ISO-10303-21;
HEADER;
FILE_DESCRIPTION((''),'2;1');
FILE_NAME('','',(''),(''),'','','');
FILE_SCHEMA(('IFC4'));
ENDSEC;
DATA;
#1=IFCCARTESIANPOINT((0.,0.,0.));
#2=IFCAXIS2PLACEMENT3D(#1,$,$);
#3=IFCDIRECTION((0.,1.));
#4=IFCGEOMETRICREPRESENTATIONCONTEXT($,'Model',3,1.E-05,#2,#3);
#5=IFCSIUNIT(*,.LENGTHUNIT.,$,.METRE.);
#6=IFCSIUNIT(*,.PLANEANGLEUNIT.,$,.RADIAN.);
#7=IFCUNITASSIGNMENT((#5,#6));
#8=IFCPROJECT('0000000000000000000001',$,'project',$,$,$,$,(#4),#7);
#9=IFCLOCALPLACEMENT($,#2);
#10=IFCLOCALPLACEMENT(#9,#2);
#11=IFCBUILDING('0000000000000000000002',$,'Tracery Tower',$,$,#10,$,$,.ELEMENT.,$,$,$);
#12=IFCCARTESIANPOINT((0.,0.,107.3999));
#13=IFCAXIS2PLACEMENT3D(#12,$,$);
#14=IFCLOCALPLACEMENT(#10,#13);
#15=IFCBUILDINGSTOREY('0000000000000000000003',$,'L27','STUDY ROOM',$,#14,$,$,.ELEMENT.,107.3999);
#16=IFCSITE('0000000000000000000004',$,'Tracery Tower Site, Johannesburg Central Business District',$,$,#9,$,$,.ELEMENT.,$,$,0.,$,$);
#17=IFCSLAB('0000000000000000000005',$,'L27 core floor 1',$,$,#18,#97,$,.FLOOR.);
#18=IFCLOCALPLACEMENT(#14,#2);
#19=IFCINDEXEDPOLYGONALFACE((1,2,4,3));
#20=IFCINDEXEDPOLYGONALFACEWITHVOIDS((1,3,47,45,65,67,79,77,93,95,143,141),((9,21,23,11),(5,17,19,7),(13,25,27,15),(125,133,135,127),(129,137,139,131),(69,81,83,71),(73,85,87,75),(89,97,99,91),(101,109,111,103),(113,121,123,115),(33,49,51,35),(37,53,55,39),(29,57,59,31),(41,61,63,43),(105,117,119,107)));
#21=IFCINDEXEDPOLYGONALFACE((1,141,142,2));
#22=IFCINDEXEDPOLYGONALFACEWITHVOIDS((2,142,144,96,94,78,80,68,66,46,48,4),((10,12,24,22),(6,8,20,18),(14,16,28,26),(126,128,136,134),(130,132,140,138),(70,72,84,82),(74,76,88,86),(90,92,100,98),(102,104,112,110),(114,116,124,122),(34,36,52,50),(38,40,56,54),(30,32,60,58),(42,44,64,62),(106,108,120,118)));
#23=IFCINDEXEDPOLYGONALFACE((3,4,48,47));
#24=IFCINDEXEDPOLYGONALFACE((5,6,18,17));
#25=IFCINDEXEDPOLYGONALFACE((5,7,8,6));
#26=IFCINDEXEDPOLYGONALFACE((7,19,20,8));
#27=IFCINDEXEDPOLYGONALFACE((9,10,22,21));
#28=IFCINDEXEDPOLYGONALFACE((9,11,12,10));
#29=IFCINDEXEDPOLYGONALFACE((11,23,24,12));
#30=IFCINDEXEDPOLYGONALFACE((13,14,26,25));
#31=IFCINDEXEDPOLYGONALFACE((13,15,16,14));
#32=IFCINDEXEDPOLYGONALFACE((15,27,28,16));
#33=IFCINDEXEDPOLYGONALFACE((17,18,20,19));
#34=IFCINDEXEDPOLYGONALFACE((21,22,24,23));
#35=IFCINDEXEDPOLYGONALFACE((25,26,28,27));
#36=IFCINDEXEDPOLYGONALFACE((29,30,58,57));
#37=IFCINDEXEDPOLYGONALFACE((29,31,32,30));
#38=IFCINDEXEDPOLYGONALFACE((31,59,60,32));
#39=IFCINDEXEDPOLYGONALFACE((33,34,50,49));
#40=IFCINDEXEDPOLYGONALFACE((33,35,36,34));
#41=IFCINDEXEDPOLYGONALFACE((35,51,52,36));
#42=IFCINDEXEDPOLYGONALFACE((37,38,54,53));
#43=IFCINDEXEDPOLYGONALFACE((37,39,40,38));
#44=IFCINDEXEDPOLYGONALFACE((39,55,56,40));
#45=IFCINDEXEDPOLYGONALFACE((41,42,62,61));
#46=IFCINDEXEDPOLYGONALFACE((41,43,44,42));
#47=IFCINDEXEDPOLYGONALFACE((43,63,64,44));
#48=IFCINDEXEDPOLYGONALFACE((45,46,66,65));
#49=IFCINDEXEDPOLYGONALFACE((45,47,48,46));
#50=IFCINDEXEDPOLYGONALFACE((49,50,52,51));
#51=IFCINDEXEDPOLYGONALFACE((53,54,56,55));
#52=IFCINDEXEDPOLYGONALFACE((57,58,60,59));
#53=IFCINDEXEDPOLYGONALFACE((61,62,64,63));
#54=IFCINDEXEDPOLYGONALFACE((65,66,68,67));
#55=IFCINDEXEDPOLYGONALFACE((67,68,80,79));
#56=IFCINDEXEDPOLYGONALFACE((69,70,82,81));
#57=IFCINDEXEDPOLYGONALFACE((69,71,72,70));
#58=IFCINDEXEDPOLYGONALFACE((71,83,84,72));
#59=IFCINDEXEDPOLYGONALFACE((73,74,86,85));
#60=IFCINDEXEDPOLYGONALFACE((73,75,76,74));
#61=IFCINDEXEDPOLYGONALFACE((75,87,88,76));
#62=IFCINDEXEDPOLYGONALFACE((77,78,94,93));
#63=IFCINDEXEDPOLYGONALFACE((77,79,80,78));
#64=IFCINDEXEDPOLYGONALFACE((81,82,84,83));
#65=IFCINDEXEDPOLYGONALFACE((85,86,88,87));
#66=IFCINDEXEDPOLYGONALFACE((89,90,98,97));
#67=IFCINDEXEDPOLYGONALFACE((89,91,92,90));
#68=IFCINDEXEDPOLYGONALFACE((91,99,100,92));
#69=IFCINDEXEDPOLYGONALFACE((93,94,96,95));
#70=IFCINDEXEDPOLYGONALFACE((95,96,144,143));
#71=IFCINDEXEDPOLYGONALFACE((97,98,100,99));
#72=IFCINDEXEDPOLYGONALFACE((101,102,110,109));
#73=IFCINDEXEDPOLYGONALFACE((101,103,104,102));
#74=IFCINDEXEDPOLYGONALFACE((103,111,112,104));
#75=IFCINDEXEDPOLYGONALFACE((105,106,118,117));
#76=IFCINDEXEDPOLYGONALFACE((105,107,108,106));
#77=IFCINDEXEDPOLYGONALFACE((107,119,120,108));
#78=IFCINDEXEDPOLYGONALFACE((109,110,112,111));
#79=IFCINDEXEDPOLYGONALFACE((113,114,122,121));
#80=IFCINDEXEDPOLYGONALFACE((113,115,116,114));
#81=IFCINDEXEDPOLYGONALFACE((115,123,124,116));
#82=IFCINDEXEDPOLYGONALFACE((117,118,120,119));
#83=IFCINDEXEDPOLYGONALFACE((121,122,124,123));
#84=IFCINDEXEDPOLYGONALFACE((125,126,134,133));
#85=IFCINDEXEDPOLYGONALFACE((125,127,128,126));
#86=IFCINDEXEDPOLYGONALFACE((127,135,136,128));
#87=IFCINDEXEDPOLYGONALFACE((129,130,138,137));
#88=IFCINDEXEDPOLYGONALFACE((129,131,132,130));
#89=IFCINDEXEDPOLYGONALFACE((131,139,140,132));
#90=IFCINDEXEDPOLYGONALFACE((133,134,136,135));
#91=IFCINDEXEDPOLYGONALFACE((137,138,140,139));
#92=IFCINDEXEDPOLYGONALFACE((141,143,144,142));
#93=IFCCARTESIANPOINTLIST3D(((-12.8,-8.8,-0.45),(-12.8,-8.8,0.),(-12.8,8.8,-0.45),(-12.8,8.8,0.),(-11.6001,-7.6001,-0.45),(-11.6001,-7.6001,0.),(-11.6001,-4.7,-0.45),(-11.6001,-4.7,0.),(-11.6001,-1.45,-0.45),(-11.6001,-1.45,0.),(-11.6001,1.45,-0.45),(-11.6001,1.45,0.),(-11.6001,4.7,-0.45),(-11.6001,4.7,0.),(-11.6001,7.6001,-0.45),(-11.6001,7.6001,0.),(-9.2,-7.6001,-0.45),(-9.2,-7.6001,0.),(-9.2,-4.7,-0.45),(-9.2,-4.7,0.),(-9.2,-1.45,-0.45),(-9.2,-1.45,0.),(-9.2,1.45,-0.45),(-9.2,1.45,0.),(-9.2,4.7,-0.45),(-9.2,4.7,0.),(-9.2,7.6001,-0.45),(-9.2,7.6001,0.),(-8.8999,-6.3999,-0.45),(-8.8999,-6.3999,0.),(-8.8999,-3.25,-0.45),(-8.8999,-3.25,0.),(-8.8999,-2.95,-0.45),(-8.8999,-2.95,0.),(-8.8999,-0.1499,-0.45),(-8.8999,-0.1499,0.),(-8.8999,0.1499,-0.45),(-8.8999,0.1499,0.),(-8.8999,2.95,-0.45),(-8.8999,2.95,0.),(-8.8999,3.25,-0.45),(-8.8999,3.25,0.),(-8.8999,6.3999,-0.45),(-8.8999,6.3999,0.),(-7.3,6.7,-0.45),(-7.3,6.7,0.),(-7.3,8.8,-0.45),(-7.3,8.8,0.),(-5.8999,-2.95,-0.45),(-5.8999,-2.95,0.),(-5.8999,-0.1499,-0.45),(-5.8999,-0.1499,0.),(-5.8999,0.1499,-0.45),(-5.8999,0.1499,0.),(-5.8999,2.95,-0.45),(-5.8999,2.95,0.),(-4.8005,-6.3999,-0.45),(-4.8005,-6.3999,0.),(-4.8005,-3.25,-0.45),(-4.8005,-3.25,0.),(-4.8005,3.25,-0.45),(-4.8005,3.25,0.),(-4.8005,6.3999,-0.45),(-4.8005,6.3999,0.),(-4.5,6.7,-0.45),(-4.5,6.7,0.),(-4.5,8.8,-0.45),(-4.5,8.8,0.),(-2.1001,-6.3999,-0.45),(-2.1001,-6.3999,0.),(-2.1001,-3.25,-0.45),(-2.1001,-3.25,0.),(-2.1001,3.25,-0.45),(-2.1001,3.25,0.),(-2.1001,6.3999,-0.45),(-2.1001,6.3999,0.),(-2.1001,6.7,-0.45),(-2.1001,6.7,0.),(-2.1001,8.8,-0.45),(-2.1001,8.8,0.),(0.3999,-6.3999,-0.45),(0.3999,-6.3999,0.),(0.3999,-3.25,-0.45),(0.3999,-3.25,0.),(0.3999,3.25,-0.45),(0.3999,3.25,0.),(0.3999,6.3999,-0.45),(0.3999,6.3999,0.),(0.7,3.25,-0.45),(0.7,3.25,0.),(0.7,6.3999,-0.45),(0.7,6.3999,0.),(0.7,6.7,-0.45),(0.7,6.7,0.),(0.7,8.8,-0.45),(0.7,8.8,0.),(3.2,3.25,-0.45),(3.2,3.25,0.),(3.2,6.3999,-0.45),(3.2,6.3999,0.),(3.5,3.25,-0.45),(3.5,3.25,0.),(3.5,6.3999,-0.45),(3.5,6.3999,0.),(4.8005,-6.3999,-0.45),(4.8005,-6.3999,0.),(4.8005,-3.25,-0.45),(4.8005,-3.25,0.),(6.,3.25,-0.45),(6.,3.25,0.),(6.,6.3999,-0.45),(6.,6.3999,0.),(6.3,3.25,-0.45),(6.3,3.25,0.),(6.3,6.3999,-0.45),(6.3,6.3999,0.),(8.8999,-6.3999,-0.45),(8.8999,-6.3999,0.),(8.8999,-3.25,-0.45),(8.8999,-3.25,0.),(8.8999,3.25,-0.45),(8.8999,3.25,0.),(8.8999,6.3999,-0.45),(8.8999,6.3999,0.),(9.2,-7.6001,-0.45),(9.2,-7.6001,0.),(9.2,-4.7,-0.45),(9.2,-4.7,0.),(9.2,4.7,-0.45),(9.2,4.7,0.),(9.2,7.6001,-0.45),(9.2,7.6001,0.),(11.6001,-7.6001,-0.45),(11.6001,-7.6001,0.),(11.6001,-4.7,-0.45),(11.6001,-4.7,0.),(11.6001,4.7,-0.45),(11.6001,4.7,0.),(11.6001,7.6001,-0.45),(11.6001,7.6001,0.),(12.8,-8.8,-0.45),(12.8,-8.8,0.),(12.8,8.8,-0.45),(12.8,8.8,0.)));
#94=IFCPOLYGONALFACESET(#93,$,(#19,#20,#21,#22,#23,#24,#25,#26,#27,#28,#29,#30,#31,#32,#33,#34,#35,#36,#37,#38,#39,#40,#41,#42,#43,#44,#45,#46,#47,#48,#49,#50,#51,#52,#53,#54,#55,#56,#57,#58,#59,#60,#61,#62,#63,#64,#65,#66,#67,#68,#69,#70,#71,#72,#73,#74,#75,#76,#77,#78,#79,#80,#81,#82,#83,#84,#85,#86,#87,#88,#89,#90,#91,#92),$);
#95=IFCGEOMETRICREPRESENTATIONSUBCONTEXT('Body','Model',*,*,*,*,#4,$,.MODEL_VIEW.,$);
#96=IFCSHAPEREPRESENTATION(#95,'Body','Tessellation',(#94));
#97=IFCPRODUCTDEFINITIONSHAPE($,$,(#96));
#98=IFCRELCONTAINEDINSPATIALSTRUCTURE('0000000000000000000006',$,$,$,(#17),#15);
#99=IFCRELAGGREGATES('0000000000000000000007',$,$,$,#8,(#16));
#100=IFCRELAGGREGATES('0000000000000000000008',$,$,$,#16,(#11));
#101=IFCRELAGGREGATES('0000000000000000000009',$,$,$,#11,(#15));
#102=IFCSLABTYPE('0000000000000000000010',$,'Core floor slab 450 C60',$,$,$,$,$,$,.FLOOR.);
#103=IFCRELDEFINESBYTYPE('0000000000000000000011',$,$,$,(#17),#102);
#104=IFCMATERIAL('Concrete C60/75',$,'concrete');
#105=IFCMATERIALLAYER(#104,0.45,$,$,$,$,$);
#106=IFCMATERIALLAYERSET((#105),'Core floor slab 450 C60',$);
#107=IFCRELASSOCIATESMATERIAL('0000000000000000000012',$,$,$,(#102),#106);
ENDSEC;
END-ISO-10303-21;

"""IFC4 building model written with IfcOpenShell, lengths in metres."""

from ifc_helpers import new_model, si_unit, direction, frame, origin, place, context, subcontext, project, spatial, polyline, outline, extrude, material, layer, layer_set, type_object, element, save


model = new_model("IFC4")

# Units and contexts
model_context = context("Model", 3, precision=1e-05, world=origin(), true_north=direction((0.0, 1.0)))
body_context = subcontext(model_context, "Body", "Model", "MODEL_VIEW")
ifc_project = project(units=[si_unit("LENGTHUNIT", "METRE"), si_unit("PLANEANGLEUNIT", "RADIAN")], contexts=[model_context])

# Site, building, storey
site_placement = place(None, origin())
site = spatial("IfcSite", under=ifc_project, at=site_placement, Name="Tracery Tower Site, Johannesburg Central Business District", CompositionType="ELEMENT", RefElevation=0.0)
building_placement = place(site_placement, origin())
building = spatial("IfcBuilding", under=site, at=building_placement, Name="Tracery Tower", CompositionType="ELEMENT")
storey_placement = place(building_placement, frame((0.0, 0.0, 107.3999)))
storey = spatial("IfcBuildingStorey", under=building, at=storey_placement, Name="L27", Description="STUDY ROOM", CompositionType="ELEMENT", Elevation=107.3999)

# Slab
ifc_material_1 = material(Name="Concrete C60/75", Category="concrete")
ifc_layer_1 = layer(ifc_material_1, 0.45)
ifc_layer_set_1 = layer_set([ifc_layer_1], Name="Core floor slab 450 C60")
slab_type_1 = type_object("IfcSlabType", Name="Core floor slab 450 C60", PredefinedType="FLOOR", material=ifc_layer_set_1)
slab_1_placement = place(storey_placement, frame((0.0, 0.0, -0.45)))
element("IfcSlab", 1, at=slab_1_placement, inside=storey, type_object=slab_type_1, Name="L27 core floor 1", PredefinedType="FLOOR", context=body_context, shape_type="SweptSolid", body=[
    extrude(outline(polyline([(-12.8, 8.8), (-7.3, 8.8), (-7.3, 6.7), (-4.5, 6.7), (-4.5, 8.8), (-2.1001, 8.8), (-2.1001, 6.7), (0.7, 6.7), (0.7, 8.8), (12.8, 8.8), (12.8, -8.8), (-12.8, -8.8), (-12.8, 8.8)]), holes=[polyline([(11.6001, -7.6001), (11.6001, -4.7), (9.2, -4.7), (9.2, -7.6001), (11.6001, -7.6001)]), polyline([(11.6001, 4.7), (11.6001, 7.6001), (9.2, 7.6001), (9.2, 4.7), (11.6001, 4.7)]), polyline([(4.8005, -3.25), (4.8005, -6.3999), (8.8999, -6.3999), (8.8999, -3.25), (4.8005, -3.25)]), polyline([(6.3, 3.25), (8.8999, 3.25), (8.8999, 6.3999), (6.3, 6.3999), (6.3, 3.25)]), polyline([(3.5, 3.25), (6.0, 3.25), (6.0, 6.3999), (3.5, 6.3999), (3.5, 3.25)]), polyline([(3.2, 3.25), (3.2, 6.3999), (0.7, 6.3999), (0.7, 3.25), (3.2, 3.25)]), polyline([(-2.1001, 3.25), (0.3999, 3.25), (0.3999, 6.3999), (-2.1001, 6.3999), (-2.1001, 3.25)]), polyline([(0.3999, -6.3999), (0.3999, -3.25), (-2.1001, -3.25), (-2.1001, -6.3999), (0.3999, -6.3999)]), polyline([(-4.8005, -3.25), (-8.8999, -3.25), (-8.8999, -6.3999), (-4.8005, -6.3999), (-4.8005, -3.25)]), polyline([(-4.8005, 6.3999), (-8.8999, 6.3999), (-8.8999, 3.25), (-4.8005, 3.25), (-4.8005, 6.3999)]), polyline([(-8.8999, -2.95), (-5.8999, -2.95), (-5.8999, -0.1499), (-8.8999, -0.1499), (-8.8999, -2.95)]), polyline([(-5.8999, 0.1499), (-5.8999, 2.95), (-8.8999, 2.95), (-8.8999, 0.1499), (-5.8999, 0.1499)]), polyline([(-11.6001, 4.7), (-9.2, 4.7), (-9.2, 7.6001), (-11.6001, 7.6001), (-11.6001, 4.7)]), polyline([(-9.2, -7.6001), (-9.2, -4.7), (-11.6001, -4.7), (-11.6001, -7.6001), (-9.2, -7.6001)]), polyline([(-9.2, -1.45), (-9.2, 1.45), (-11.6001, 1.45), (-11.6001, -1.45), (-9.2, -1.45)])]), origin(), (0.0, 0.0, 1.0), 0.45),
])

save(model, "model.ifc")
